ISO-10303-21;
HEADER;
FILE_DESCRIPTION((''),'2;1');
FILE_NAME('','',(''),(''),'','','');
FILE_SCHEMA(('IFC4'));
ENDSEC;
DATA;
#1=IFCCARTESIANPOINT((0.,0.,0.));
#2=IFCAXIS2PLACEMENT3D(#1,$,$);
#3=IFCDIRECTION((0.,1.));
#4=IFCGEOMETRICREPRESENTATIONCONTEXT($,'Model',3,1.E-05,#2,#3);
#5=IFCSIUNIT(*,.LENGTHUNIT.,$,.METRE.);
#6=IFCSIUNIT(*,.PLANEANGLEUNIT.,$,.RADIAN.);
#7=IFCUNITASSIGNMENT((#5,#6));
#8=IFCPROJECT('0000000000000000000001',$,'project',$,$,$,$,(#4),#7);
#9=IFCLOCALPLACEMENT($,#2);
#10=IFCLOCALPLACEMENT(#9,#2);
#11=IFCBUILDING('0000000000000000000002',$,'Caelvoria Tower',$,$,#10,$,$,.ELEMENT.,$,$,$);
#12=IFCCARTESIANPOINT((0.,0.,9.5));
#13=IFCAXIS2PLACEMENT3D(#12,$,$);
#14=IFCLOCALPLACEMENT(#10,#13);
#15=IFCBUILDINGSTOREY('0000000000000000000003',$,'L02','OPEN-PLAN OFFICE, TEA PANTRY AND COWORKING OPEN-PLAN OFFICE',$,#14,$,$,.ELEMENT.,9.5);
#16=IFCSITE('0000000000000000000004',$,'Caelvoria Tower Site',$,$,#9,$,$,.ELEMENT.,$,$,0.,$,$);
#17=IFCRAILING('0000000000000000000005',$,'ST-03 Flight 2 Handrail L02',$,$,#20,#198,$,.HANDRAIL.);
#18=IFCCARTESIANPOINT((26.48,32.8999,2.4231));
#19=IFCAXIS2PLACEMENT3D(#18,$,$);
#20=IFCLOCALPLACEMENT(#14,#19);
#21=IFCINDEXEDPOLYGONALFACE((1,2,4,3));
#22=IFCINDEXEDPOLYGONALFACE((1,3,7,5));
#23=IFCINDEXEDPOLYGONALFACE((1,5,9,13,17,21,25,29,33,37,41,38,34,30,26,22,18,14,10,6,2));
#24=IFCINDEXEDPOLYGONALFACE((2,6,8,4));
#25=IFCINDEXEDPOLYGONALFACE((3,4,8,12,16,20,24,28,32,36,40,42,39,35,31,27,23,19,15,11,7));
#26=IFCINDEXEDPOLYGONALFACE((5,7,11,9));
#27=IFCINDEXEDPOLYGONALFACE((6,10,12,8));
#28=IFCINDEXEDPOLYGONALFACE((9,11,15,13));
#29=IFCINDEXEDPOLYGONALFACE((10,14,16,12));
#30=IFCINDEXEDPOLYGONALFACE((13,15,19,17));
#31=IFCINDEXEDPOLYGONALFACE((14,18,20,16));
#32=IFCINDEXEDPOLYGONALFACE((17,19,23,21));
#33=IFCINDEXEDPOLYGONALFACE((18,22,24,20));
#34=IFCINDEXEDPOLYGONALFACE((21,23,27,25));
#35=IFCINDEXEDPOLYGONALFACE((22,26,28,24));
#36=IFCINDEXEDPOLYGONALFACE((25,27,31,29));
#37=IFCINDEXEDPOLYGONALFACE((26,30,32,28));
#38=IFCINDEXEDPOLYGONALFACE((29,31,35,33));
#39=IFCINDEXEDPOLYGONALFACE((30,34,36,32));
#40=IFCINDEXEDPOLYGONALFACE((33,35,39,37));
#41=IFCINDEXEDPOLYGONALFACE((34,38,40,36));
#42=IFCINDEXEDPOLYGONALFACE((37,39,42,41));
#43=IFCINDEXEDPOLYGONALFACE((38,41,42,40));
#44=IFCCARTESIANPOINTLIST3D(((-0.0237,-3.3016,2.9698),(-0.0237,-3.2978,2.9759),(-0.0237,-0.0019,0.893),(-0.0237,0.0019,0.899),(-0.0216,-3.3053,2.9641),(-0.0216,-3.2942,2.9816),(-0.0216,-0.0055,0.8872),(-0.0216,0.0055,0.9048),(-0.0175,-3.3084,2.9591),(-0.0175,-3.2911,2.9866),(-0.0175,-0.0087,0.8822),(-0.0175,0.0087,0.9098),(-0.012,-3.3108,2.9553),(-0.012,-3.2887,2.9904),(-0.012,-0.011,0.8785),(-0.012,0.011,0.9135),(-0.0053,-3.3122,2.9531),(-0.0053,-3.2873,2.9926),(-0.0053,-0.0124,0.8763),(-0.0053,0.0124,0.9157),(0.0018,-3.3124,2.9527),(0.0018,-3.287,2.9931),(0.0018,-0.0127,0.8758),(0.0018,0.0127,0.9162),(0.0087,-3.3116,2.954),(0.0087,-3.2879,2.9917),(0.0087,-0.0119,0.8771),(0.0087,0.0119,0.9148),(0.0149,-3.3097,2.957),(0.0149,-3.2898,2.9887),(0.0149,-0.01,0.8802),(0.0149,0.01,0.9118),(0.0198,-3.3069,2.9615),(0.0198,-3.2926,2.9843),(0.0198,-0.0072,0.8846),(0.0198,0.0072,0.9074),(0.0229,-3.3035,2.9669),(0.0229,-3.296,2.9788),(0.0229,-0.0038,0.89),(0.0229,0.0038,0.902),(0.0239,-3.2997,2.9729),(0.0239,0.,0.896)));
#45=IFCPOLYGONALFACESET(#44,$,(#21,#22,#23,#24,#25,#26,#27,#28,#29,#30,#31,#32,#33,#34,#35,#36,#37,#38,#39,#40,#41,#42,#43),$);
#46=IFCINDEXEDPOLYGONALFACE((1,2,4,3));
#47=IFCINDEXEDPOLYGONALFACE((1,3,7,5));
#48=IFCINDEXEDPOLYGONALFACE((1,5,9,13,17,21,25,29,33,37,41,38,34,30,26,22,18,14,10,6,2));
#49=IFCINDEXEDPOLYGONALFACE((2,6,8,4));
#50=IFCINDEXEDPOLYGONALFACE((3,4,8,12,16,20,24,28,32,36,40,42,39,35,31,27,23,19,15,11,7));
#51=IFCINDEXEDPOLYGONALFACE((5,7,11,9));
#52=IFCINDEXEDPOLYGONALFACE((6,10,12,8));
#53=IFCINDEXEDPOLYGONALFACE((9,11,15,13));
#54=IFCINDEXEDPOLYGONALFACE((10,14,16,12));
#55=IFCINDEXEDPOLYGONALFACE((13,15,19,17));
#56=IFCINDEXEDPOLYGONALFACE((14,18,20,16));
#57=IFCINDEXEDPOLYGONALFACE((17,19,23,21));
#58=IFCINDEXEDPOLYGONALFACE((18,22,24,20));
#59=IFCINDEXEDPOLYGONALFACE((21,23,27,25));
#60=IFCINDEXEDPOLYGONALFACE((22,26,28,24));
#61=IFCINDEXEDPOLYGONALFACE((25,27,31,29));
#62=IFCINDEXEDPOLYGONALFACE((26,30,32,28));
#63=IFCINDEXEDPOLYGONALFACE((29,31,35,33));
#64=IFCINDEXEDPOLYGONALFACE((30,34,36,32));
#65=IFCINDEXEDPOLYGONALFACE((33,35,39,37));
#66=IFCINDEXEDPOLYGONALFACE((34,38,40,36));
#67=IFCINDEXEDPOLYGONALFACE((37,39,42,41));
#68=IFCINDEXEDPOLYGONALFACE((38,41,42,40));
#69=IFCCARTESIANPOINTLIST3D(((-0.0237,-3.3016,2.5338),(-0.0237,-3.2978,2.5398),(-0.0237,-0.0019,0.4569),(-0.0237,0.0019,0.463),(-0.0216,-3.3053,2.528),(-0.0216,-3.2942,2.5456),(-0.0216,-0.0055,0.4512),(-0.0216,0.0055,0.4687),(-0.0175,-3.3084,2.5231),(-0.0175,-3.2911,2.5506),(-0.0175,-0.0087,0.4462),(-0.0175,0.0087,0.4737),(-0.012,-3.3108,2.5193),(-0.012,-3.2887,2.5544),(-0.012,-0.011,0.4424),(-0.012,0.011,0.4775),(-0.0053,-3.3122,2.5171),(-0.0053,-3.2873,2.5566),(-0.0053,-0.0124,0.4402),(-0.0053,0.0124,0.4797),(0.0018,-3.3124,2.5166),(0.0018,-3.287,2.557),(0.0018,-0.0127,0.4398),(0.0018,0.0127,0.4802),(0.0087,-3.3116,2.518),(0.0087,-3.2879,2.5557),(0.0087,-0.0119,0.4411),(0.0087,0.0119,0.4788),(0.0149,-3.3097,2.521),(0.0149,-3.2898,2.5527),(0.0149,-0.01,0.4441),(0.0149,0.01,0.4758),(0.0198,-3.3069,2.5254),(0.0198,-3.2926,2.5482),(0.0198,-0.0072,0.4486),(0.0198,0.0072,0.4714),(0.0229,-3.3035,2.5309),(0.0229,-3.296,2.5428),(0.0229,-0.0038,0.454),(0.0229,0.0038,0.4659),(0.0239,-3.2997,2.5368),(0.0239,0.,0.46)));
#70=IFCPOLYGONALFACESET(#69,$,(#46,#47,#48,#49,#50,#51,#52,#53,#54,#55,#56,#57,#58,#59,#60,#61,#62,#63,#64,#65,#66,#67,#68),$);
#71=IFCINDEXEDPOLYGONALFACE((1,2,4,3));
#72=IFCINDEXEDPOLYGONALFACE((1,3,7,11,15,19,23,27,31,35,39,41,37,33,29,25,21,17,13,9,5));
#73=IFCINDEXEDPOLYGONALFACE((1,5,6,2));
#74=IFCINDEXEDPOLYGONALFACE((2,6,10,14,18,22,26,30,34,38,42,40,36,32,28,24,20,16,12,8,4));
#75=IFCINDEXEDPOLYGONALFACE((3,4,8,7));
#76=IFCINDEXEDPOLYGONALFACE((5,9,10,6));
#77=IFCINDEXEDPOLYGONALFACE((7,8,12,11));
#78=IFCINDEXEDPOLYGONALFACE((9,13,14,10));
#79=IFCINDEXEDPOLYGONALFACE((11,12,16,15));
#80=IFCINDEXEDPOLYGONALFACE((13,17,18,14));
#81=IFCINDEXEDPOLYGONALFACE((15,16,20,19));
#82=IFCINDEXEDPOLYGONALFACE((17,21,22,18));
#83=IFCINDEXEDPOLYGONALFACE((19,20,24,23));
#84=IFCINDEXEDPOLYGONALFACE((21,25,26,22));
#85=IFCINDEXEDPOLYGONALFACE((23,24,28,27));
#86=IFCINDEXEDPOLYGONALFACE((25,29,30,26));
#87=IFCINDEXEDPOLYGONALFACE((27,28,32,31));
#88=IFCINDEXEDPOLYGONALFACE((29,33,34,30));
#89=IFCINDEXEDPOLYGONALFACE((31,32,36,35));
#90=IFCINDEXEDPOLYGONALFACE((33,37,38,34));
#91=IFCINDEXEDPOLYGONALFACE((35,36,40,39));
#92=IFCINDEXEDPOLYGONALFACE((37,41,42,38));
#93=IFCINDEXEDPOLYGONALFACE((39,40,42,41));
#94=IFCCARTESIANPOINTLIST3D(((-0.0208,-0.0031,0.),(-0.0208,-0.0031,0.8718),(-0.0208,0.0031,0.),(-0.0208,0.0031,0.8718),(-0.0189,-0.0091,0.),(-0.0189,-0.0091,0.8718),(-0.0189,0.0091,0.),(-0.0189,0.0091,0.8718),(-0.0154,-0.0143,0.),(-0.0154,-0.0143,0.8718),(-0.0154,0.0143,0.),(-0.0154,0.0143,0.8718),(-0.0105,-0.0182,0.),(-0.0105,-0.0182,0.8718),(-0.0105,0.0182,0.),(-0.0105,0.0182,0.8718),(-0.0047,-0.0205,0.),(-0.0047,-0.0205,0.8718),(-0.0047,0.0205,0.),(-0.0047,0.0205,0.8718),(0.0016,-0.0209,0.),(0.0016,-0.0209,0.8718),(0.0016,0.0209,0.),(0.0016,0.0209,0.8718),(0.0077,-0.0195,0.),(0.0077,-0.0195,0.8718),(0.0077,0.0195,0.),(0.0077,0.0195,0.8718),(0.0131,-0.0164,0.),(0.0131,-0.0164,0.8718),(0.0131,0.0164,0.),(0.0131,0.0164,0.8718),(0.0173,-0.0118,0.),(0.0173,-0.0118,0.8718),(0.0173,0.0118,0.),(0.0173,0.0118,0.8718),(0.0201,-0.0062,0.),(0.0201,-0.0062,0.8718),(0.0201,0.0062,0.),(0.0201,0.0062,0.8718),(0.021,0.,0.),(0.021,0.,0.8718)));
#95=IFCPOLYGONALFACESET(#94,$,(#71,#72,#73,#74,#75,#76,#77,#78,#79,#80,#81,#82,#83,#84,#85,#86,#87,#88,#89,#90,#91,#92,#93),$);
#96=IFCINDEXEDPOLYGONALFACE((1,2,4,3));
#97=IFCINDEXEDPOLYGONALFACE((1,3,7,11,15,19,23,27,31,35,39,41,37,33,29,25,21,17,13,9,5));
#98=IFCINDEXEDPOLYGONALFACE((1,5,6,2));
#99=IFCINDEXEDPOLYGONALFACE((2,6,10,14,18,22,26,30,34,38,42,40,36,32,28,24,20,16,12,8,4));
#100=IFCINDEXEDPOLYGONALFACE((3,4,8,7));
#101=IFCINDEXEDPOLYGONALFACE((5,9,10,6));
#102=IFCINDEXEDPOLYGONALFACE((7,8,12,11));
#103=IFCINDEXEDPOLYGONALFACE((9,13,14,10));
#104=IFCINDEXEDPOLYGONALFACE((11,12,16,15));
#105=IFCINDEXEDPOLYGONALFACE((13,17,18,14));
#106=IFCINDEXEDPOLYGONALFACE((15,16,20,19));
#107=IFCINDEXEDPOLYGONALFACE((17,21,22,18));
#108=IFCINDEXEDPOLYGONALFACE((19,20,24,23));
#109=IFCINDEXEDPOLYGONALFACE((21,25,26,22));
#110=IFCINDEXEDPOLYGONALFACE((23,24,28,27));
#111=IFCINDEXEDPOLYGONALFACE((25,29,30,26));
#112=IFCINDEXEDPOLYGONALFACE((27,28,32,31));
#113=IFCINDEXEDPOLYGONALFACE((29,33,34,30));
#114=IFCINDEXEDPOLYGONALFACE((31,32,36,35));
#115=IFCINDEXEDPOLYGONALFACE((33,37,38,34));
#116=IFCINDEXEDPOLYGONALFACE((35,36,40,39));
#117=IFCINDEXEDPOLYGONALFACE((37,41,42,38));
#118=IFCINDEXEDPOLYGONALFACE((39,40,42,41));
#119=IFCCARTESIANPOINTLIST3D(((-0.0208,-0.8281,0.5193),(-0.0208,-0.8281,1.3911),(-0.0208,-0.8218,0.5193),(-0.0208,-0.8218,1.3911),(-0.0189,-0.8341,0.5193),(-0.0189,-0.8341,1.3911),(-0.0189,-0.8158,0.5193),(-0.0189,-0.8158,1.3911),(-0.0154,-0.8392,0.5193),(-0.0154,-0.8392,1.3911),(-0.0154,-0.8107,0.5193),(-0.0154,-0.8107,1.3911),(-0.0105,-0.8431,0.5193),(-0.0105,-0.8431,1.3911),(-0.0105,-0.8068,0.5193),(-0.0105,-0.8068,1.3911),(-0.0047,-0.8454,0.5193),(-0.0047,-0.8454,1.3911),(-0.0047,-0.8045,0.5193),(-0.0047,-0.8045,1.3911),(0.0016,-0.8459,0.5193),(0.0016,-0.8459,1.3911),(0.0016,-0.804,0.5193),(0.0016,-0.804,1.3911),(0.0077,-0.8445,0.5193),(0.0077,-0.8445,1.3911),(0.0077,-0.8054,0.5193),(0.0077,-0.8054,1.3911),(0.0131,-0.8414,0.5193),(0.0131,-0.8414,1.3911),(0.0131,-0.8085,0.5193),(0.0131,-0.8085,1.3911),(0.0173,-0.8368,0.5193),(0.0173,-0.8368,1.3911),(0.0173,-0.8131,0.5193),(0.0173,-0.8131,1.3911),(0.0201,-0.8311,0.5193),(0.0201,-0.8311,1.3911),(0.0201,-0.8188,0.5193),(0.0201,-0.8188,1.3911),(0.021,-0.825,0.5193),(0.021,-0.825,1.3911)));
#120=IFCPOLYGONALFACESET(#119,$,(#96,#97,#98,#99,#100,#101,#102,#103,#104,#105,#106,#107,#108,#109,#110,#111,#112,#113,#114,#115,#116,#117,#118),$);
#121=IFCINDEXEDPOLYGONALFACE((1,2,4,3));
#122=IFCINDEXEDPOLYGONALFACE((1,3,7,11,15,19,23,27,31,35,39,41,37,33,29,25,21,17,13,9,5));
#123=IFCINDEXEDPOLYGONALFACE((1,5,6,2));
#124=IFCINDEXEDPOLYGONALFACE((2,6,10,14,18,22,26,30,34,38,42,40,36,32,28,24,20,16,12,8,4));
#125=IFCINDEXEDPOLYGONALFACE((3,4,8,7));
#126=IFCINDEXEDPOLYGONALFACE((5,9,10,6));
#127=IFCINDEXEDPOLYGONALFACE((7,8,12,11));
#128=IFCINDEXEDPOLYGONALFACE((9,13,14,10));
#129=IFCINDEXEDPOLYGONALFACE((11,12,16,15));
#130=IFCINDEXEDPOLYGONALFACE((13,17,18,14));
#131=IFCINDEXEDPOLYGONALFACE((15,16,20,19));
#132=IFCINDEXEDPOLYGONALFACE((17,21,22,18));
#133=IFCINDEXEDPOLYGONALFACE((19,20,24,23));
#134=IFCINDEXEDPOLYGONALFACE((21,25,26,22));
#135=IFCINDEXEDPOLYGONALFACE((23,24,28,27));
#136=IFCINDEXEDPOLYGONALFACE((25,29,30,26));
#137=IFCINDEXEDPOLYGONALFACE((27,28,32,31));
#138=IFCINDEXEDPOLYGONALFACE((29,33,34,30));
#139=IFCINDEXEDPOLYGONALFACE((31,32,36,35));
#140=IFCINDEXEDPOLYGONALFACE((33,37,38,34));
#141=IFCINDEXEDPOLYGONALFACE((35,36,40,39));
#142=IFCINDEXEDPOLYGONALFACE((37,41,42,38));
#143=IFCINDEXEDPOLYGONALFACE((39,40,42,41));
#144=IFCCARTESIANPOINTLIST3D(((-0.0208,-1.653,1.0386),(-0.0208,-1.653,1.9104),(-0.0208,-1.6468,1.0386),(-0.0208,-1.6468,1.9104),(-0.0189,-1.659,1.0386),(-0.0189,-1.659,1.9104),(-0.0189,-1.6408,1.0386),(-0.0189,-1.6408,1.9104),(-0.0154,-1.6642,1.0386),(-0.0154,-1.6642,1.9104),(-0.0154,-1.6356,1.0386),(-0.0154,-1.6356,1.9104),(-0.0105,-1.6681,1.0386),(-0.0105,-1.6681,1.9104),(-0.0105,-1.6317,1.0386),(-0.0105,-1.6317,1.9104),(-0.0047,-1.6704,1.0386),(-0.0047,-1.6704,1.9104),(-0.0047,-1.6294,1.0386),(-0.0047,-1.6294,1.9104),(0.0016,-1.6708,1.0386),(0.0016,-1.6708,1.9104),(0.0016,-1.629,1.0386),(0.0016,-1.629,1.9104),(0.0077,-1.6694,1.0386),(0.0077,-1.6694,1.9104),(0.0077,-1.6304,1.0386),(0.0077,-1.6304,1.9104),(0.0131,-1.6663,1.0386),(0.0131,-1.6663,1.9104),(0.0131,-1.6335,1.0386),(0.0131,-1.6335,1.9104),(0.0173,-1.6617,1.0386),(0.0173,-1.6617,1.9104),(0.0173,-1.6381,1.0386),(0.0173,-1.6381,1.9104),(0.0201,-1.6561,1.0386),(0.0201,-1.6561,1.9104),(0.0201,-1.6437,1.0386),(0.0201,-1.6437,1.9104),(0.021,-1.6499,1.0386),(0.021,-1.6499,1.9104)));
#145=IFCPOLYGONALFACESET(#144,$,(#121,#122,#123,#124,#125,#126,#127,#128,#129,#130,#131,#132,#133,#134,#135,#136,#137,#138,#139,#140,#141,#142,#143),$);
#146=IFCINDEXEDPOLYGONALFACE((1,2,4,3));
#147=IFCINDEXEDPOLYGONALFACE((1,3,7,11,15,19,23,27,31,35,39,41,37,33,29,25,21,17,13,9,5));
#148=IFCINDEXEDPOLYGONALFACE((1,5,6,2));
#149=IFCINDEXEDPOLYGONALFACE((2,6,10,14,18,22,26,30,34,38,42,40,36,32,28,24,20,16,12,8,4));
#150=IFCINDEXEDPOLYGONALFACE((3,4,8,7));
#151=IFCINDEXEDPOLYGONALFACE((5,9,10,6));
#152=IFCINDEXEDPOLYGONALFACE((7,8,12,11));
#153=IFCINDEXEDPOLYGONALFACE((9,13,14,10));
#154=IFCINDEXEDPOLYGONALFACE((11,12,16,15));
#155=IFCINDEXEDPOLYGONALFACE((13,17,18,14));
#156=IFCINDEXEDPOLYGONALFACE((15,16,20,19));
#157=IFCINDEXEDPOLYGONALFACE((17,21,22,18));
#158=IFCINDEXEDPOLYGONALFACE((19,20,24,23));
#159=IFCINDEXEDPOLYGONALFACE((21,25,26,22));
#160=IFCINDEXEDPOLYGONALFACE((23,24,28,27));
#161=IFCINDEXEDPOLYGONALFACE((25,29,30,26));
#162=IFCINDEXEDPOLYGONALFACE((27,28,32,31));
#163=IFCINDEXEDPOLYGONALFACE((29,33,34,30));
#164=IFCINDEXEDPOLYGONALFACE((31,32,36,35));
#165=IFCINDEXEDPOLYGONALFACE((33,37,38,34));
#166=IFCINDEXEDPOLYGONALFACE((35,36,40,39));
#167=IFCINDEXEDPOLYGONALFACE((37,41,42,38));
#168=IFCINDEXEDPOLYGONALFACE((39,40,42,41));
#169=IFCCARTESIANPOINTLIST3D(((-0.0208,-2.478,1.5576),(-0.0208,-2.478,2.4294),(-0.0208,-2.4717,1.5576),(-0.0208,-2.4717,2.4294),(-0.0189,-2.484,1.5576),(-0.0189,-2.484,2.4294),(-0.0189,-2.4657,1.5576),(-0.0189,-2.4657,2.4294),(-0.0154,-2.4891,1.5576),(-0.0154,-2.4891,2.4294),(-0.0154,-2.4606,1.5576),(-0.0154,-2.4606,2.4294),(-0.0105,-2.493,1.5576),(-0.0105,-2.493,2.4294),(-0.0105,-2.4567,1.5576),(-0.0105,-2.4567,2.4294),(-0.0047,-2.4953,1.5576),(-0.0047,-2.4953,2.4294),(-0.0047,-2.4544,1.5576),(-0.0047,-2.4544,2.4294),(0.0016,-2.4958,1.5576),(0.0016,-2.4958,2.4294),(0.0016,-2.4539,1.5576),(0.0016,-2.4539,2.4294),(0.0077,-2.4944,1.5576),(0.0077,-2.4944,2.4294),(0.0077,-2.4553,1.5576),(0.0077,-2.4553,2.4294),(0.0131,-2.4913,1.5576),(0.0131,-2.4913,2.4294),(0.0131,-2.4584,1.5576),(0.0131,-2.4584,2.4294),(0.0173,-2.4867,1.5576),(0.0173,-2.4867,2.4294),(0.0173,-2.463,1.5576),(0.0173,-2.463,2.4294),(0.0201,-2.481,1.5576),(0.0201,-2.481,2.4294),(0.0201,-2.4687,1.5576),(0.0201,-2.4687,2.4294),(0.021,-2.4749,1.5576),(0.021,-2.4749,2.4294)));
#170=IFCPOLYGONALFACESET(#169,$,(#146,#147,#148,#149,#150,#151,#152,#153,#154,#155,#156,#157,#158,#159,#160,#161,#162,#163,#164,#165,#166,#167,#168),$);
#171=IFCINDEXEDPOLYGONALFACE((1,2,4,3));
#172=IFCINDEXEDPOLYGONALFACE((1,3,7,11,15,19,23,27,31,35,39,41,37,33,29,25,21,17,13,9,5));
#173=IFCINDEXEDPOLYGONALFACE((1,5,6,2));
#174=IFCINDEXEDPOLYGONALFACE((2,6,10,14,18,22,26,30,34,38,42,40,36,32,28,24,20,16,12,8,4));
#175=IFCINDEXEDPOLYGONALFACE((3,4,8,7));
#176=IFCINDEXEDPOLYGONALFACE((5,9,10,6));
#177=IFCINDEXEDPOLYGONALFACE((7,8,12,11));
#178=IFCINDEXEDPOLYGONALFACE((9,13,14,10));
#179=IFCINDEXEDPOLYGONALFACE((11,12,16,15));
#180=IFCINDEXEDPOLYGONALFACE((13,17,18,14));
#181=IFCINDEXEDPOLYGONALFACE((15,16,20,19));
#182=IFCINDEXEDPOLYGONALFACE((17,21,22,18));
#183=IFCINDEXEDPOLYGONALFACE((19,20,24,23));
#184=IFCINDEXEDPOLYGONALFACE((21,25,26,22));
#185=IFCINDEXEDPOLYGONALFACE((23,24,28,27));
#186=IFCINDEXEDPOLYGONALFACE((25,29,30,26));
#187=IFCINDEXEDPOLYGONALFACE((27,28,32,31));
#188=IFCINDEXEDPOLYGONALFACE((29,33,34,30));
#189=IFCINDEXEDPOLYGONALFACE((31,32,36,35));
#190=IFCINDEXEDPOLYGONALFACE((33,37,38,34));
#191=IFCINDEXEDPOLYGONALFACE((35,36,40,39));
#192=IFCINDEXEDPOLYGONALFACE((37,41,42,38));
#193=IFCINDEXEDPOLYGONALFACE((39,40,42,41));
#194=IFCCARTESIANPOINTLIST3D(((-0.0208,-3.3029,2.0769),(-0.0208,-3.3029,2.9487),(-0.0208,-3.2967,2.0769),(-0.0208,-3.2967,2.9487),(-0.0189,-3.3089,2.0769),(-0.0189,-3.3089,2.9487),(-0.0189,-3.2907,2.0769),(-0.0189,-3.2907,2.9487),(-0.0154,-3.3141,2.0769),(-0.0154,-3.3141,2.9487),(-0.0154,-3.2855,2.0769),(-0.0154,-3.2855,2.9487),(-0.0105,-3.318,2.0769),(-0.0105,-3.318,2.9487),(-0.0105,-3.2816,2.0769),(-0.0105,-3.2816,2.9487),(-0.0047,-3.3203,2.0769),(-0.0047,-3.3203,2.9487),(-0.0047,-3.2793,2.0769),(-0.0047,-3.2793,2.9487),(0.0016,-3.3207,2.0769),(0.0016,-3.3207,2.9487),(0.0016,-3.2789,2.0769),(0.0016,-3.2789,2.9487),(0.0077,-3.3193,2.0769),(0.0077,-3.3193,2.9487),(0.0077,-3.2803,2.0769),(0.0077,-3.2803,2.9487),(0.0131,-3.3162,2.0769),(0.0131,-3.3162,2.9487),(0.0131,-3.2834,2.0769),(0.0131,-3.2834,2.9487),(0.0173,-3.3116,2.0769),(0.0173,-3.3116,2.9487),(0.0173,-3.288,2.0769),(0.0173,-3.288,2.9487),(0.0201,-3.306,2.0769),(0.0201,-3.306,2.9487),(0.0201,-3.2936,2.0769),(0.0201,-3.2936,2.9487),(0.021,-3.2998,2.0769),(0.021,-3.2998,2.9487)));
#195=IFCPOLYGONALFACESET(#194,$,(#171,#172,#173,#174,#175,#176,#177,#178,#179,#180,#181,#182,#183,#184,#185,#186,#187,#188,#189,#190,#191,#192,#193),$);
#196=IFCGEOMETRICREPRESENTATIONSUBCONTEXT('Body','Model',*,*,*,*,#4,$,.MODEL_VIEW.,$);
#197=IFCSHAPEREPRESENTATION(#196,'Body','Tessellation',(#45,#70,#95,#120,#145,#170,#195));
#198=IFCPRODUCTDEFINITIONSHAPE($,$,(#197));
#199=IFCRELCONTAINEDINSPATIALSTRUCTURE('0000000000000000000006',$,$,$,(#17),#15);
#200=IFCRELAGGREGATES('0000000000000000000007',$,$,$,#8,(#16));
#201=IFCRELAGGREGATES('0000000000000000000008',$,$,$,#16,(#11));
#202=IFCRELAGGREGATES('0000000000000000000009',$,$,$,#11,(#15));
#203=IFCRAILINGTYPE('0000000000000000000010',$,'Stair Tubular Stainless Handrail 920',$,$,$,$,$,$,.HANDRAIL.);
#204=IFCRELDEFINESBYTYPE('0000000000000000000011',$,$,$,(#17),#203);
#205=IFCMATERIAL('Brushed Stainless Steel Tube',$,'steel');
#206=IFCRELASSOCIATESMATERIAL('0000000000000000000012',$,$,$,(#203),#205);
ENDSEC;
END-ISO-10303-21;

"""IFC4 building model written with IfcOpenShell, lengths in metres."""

from ifc_helpers import new_model, si_unit, direction, frame, origin, origin_2d, place, context, subcontext, project, spatial, circle, extrude, material, type_object, element, save


model = new_model("IFC4")

# Units and contexts
model_context = context("Model", 3, precision=1e-05, world=origin(), true_north=direction((0.0, 1.0)))
body_context = subcontext(model_context, "Body", "Model", "MODEL_VIEW")
ifc_project = project(units=[si_unit("LENGTHUNIT", "METRE"), si_unit("PLANEANGLEUNIT", "RADIAN")], contexts=[model_context])

# Site, building, storey
site_placement = place(None, origin())
site = spatial("IfcSite", under=ifc_project, at=site_placement, Name="Caelvoria Tower Site", CompositionType="ELEMENT", RefElevation=0.0)
building_placement = place(site_placement, origin())
building = spatial("IfcBuilding", under=site, at=building_placement, Name="Caelvoria Tower", CompositionType="ELEMENT")
storey_placement = place(building_placement, frame((0.0, 0.0, 9.5)))
storey = spatial("IfcBuildingStorey", under=building, at=storey_placement, Name="L02", Description="OPEN-PLAN OFFICE, TEA PANTRY AND COWORKING OPEN-PLAN OFFICE", CompositionType="ELEMENT", Elevation=9.5)

# Railing
ifc_material_1 = material(Name="Brushed Stainless Steel Tube", Category="steel")
railing_type_1 = type_object("IfcRailingType", Name="Stair Tubular Stainless Handrail 920", PredefinedType="HANDRAIL", material=ifc_material_1)
railing_1_placement = place(storey_placement, frame((26.48, 32.8999, 2.4231)))
element("IfcRailing", 1, at=railing_1_placement, inside=storey, type_object=railing_type_1, Name="ST-03 Flight 2 Handrail L02", PredefinedType="HANDRAIL", context=body_context, shape_type="SweptSolid", body=[
    extrude(circle(Radius=0.0239, at=origin_2d()), frame((0.0, 0.0, 0.896), z_axis=(0.0, -0.84632, 0.532675), x_axis=(1.0, 0.0, 0.0)), (0.0, 0.0, 1.0), 3.8989),
    extrude(circle(Radius=0.0239, at=origin_2d()), frame((0.0, 0.0, 0.46), z_axis=(0.0, -0.84632, 0.532675), x_axis=(1.0, 0.0, 0.0)), (0.0, 0.0, 1.0), 3.8989),
    extrude(circle(Radius=0.021, at=origin_2d()), origin(), (0.0, 0.0, 1.0), 0.8718),
    extrude(circle(Radius=0.021, at=origin_2d()), frame((0.0, -0.825, 0.5193)), (0.0, 0.0, 1.0), 0.8718),
    extrude(circle(Radius=0.021, at=origin_2d()), frame((0.0, -1.6499, 1.0386)), (0.0, 0.0, 1.0), 0.8718),
    extrude(circle(Radius=0.021, at=origin_2d()), frame((0.0, -2.4749, 1.5576)), (0.0, 0.0, 1.0), 0.8718),
    extrude(circle(Radius=0.021, at=origin_2d()), frame((0.0, -3.2998, 2.0769)), (0.0, 0.0, 1.0), 0.8718),
])

save(model, "model.ifc")
